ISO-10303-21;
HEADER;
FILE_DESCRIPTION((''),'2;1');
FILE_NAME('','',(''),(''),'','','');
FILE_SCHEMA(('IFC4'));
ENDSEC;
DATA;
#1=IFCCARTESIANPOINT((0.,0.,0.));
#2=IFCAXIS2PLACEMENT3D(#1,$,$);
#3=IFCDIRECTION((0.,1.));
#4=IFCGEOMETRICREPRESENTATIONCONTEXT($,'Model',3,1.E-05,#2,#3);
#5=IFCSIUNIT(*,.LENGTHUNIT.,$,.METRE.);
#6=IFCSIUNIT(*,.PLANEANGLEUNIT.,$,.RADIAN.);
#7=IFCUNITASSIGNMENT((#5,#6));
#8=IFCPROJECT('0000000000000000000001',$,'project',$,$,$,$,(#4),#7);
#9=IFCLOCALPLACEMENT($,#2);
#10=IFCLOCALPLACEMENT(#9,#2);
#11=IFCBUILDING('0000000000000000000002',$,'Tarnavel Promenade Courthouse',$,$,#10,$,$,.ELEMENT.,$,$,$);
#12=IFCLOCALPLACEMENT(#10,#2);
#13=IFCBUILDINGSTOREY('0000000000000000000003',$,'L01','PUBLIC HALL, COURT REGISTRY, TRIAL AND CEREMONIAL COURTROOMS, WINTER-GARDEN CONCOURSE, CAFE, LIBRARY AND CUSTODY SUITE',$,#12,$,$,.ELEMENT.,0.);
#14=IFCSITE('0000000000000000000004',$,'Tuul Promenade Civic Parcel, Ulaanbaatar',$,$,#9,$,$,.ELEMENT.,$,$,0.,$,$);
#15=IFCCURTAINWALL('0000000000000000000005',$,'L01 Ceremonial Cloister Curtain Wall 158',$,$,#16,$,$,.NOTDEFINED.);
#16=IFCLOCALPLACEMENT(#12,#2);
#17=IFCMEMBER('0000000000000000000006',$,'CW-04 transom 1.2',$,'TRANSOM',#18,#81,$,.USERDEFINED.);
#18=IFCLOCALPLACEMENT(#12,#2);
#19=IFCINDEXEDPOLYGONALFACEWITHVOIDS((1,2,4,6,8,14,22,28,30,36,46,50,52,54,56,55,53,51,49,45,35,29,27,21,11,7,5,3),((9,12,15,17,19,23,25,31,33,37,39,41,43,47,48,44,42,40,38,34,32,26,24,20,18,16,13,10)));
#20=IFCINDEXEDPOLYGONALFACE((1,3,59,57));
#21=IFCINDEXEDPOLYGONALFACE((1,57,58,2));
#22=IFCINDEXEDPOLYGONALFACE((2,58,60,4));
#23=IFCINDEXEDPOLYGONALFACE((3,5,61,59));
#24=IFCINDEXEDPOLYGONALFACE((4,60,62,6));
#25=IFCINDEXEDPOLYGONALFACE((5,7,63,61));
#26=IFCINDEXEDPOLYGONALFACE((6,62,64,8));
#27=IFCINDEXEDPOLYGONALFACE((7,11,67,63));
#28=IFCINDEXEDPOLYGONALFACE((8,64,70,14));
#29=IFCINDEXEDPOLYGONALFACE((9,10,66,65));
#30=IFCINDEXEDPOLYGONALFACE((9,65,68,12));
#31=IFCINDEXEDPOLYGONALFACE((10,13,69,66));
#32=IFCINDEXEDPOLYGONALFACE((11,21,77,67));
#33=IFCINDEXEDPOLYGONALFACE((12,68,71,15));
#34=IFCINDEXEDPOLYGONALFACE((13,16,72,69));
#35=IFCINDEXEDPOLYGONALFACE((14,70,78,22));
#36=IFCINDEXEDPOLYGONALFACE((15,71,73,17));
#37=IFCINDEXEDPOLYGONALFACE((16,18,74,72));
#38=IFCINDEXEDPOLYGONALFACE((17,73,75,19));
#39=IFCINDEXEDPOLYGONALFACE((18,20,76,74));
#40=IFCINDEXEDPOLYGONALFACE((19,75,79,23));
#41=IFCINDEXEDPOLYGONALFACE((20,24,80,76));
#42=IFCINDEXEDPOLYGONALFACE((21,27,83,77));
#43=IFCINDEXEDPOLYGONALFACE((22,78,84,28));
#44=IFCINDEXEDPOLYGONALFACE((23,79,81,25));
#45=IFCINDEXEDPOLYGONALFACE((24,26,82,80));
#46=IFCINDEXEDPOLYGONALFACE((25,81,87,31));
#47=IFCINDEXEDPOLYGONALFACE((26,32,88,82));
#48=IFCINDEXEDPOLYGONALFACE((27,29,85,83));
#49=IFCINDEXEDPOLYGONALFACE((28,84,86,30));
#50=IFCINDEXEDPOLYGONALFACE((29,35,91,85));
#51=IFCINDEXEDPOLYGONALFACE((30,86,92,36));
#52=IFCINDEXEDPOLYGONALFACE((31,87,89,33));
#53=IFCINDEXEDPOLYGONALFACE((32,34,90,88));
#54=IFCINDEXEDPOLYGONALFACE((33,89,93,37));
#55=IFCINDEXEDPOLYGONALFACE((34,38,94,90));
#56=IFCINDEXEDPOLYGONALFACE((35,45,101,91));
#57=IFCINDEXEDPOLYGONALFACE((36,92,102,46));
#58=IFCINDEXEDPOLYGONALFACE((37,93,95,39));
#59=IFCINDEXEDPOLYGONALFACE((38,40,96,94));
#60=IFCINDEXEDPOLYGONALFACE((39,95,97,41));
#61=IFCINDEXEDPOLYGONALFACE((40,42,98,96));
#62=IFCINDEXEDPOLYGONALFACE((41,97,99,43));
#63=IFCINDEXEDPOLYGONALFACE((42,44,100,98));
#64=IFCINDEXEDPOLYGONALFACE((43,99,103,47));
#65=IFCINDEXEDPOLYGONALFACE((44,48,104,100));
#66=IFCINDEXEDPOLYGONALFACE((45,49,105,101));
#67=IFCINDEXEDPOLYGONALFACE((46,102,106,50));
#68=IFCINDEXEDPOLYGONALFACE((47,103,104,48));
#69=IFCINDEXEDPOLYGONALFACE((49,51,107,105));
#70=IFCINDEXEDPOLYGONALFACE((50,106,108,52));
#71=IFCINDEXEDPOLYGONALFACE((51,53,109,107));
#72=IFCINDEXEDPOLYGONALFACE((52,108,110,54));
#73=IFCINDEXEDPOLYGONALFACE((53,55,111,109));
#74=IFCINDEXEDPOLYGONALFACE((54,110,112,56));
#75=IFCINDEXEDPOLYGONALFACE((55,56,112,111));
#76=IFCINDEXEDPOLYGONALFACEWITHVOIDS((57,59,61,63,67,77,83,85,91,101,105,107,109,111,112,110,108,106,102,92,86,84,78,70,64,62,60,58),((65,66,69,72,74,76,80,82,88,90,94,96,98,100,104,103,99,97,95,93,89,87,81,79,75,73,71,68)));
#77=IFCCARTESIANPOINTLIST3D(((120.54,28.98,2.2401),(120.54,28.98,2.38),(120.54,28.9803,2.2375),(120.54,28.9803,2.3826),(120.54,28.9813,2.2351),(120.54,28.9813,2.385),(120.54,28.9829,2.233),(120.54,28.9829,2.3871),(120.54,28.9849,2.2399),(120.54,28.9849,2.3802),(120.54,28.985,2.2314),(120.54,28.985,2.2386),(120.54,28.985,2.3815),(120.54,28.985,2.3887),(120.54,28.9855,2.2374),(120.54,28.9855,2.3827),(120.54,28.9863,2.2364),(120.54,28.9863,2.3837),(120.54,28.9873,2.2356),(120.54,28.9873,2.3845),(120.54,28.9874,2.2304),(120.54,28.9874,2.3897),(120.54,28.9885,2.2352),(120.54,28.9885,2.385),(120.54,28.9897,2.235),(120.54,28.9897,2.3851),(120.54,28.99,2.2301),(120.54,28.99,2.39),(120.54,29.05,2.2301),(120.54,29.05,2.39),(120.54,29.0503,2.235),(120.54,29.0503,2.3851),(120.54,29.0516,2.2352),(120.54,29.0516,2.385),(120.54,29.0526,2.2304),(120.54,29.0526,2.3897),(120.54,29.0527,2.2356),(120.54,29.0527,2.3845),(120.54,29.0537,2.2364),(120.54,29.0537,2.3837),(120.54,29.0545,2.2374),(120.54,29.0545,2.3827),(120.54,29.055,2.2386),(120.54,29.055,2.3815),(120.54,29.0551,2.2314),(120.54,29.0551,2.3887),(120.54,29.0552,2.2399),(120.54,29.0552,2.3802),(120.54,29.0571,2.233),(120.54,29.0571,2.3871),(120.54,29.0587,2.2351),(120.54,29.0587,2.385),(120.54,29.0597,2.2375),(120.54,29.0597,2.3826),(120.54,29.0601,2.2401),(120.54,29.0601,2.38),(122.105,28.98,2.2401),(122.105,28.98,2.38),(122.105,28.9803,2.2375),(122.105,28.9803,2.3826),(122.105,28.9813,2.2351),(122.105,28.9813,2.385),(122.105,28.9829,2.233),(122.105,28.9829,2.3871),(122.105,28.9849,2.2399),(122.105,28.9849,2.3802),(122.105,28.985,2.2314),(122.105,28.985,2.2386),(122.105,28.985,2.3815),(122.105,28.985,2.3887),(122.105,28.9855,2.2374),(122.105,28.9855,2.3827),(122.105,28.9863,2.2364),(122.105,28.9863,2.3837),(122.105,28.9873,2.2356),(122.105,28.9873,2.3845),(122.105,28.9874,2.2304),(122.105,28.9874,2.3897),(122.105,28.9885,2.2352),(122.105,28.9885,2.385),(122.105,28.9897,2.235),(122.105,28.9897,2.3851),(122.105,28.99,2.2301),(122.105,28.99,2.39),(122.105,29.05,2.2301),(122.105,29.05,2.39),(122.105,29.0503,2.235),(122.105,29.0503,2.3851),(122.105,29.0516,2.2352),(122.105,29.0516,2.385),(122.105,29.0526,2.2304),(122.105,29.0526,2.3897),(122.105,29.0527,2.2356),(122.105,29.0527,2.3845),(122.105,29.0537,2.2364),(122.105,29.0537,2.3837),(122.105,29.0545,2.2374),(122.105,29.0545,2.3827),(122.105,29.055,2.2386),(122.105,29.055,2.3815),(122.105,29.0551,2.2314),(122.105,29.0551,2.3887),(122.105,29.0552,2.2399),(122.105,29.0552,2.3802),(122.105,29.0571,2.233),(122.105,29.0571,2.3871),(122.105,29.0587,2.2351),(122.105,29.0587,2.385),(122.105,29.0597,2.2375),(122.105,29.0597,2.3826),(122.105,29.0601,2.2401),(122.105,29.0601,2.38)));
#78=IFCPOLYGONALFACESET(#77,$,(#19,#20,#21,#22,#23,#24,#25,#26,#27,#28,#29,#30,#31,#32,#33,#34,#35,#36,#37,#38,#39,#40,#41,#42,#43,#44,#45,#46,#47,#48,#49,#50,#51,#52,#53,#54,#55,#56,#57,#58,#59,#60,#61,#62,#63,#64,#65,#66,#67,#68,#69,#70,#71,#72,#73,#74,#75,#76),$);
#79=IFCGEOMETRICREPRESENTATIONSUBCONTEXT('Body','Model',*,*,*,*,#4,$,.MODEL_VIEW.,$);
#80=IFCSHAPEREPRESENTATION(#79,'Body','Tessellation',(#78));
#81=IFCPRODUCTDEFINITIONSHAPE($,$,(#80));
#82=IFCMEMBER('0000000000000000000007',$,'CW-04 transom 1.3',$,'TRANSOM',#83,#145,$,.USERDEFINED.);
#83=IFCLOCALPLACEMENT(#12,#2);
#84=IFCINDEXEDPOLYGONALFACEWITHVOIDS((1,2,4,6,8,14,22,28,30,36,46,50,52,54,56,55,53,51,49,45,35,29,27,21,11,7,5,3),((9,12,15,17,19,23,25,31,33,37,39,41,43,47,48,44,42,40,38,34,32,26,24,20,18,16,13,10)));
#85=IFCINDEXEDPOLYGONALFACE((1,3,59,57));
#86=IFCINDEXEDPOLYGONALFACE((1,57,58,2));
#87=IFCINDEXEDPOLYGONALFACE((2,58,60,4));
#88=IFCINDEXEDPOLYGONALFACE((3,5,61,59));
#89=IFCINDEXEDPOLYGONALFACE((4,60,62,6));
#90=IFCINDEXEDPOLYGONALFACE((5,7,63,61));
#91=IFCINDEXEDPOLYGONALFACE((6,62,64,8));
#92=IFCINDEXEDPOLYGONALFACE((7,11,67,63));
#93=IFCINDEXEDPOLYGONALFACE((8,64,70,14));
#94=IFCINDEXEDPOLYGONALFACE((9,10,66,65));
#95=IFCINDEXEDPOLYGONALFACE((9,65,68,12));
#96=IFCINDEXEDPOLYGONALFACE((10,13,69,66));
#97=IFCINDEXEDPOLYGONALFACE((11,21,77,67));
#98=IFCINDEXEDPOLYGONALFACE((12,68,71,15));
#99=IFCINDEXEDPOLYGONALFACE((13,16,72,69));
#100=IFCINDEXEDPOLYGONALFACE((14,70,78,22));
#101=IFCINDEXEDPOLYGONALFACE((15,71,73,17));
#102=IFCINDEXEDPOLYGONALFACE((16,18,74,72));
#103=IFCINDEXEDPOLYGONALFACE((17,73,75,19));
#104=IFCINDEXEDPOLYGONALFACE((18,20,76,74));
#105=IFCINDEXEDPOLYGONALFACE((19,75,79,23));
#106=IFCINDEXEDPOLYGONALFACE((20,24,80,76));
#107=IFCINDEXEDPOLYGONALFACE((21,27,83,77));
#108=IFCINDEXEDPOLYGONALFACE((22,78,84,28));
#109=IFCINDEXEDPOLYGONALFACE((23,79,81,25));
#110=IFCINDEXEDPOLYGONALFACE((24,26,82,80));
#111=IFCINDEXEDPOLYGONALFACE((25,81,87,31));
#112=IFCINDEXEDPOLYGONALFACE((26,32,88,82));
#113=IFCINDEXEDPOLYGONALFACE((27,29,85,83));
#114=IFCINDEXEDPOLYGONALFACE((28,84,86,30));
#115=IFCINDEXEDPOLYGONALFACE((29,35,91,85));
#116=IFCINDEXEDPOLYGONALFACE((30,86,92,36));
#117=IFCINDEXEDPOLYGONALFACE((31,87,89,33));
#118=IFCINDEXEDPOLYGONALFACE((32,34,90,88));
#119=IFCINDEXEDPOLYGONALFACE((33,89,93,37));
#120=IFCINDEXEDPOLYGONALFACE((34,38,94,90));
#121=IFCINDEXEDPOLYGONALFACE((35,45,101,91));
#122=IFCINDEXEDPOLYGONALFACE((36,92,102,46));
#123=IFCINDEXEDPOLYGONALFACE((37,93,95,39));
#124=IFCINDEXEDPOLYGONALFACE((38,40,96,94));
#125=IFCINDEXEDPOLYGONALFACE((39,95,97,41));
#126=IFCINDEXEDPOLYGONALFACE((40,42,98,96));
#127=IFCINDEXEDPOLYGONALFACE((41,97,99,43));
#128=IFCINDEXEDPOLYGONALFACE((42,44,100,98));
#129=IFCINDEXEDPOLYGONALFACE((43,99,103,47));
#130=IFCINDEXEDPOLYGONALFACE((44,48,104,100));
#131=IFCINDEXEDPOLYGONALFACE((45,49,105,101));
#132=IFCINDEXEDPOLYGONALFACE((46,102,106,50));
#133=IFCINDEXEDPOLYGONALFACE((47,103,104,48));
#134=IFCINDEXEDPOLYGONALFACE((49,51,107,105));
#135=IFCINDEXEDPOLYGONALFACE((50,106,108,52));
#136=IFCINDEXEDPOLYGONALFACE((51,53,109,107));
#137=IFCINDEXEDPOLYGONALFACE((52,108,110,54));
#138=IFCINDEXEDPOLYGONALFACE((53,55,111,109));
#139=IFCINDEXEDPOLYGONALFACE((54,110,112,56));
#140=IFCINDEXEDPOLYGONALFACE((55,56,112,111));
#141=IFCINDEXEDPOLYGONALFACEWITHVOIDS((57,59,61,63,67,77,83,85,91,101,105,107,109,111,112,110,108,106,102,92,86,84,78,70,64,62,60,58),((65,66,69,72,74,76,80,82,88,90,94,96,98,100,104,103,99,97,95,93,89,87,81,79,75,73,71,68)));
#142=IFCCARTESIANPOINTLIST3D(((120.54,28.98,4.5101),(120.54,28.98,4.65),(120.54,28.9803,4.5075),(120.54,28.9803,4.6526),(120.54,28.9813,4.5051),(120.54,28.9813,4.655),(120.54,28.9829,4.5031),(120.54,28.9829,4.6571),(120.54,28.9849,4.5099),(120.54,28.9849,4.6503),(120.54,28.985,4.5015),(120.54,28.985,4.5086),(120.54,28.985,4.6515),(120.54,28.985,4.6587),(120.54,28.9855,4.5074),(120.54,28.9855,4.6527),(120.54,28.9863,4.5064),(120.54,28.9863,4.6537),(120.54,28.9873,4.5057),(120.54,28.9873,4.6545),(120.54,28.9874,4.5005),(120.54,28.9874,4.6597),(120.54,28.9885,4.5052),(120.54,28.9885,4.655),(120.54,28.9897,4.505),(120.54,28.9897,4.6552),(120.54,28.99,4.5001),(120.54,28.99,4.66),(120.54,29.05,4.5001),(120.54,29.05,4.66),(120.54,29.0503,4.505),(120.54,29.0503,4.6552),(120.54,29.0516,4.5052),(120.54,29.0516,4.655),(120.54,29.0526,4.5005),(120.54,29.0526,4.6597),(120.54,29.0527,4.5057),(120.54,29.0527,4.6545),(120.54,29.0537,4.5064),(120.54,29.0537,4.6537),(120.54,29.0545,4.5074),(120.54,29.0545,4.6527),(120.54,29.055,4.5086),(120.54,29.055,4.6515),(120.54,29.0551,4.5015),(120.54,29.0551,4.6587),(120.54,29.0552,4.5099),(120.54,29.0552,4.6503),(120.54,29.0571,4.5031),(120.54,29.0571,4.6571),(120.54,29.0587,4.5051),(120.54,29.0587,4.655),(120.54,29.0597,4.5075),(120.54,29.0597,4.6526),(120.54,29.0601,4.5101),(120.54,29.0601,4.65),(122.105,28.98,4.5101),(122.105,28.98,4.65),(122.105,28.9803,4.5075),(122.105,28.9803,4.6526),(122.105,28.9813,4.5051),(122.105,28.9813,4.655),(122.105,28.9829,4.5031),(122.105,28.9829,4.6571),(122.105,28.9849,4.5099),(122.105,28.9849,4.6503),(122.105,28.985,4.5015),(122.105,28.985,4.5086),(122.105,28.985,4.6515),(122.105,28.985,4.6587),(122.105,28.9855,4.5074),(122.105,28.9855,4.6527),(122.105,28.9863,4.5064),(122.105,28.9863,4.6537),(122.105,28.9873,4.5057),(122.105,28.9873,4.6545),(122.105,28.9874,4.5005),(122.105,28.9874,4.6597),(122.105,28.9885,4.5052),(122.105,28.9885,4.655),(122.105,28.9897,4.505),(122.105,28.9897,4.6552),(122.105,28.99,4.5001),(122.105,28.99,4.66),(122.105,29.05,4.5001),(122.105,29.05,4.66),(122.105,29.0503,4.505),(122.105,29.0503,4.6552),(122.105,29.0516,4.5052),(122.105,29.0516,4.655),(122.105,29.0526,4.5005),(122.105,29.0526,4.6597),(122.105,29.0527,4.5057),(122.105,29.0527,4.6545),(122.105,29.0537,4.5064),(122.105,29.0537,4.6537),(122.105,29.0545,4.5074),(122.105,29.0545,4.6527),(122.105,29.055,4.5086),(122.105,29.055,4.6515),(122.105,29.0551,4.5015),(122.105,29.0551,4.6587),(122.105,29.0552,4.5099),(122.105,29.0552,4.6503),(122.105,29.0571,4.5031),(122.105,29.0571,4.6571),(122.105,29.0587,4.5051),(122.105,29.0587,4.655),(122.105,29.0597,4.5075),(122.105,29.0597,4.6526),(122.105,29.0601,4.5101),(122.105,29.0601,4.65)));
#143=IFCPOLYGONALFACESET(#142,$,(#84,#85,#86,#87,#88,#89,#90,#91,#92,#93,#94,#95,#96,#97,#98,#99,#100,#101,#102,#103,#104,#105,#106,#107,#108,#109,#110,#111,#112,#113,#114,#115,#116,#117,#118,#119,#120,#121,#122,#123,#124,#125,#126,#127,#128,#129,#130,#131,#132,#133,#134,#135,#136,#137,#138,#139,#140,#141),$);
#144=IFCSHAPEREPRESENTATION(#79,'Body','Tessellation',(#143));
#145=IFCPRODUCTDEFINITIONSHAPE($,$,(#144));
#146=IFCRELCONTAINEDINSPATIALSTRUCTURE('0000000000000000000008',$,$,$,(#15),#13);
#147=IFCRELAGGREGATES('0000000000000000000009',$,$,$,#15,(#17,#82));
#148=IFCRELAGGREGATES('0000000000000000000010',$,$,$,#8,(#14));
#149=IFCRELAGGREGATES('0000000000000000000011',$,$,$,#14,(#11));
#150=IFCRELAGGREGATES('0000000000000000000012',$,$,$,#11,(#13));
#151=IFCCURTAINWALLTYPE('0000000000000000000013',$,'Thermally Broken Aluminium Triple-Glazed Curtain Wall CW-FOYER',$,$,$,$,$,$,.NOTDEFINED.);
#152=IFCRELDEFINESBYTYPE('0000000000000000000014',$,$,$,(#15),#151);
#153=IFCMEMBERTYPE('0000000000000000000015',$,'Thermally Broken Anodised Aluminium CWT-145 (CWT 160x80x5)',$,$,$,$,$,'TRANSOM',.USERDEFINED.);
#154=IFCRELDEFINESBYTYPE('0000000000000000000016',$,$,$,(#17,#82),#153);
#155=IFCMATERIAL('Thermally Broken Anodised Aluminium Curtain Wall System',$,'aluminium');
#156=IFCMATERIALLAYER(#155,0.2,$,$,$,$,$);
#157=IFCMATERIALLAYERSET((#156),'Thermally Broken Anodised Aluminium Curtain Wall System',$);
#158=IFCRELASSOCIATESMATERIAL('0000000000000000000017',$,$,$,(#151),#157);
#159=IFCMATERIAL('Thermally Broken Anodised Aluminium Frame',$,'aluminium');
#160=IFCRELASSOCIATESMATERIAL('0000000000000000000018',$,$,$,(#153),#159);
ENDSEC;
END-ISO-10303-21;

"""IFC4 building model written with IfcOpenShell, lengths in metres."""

from ifc_helpers import new_model, si_unit, direction, frame, origin, origin_2d, place, context, subcontext, project, spatial, hollow_rectangle, extrude, material, layer, layer_set, material_profile, profile_set, type_object, element, aggregate, save


model = new_model("IFC4")

# Units and contexts
model_context = context("Model", 3, precision=1e-05, world=origin(), true_north=direction((0.0, 1.0)))
body_context = subcontext(model_context, "Body", "Model", "MODEL_VIEW")
ifc_project = project(units=[si_unit("LENGTHUNIT", "METRE"), si_unit("PLANEANGLEUNIT", "RADIAN")], contexts=[model_context])

# Site, building, storey
site_placement = place(None, origin())
site = spatial("IfcSite", under=ifc_project, at=site_placement, Name="Tuul Promenade Civic Parcel, Ulaanbaatar", CompositionType="ELEMENT", RefElevation=0.0)
building_placement = place(site_placement, origin())
building = spatial("IfcBuilding", under=site, at=building_placement, Name="Tarnavel Promenade Courthouse", CompositionType="ELEMENT")
storey_placement = place(building_placement, origin())
storey = spatial("IfcBuildingStorey", under=building, at=storey_placement, Name="L01", Description="PUBLIC HALL, COURT REGISTRY, TRIAL AND CEREMONIAL COURTROOMS, WINTER-GARDEN CONCOURSE, CAFE, LIBRARY AND CUSTODY SUITE", CompositionType="ELEMENT", Elevation=0.0)

# Curtain wall, members
ifc_material_1 = material(Name="Thermally Broken Anodised Aluminium Curtain Wall System", Category="aluminium")
ifc_layer_1 = layer(ifc_material_1, 0.2)
ifc_layer_set_1 = layer_set([ifc_layer_1], Name="Thermally Broken Anodised Aluminium Curtain Wall System")
curtain_wall_type = type_object("IfcCurtainWallType", Name="Thermally Broken Aluminium Triple-Glazed Curtain Wall CW-FOYER", PredefinedType="NOTDEFINED", material=ifc_layer_set_1)
curtain_wall_placement = place(storey_placement, origin())
curtain_wall = element("IfcCurtainWall", 1, at=curtain_wall_placement, inside=storey, type_object=curtain_wall_type, Name="L01 Ceremonial Cloister Curtain Wall 158", PredefinedType="NOTDEFINED")
ifc_material_2 = material(Name="Thermally Broken Anodised Aluminium Frame", Category="aluminium")
ifc_material_profile_1 = material_profile(ifc_material_2, hollow_rectangle(XDim=0.0801, YDim=0.1599, WallThickness=0.0049, InnerFilletRadius=0.0049, OuterFilletRadius=0.01, at=origin_2d()), Name="CWT 160x80x5")
ifc_profile_set_1 = profile_set([ifc_material_profile_1], Name="Thermally Broken Anodised Aluminium Frame")
member_type_1 = type_object("IfcMemberType", Name="Thermally Broken Anodised Aluminium CWT-145 (CWT 160x80x5)", ElementType="TRANSOM", PredefinedType="USERDEFINED", material=ifc_profile_set_1)
member_1_placement = place(storey_placement, frame((120.54, 29.02, 2.3101), z_axis=(1.0, 0.0, 0.0), x_axis=(0.0, 1.0, 0.0)))
member_1 = element("IfcMember", 2, at=member_1_placement, type_object=member_type_1, Name="CW-04 transom 1.2", ObjectType="TRANSOM", PredefinedType="USERDEFINED", context=body_context, shape_type="SweptSolid", body=[
    extrude(hollow_rectangle(XDim=0.0801, YDim=0.1599, WallThickness=0.0049, InnerFilletRadius=0.0049, OuterFilletRadius=0.01, at=origin_2d()), origin(), (0.0, 0.0, 1.0), 1.5649),
])
member_2_placement = place(storey_placement, frame((120.54, 29.02, 4.5801), z_axis=(1.0, 0.0, 0.0), x_axis=(0.0, 1.0, 0.0)))
member_2 = element("IfcMember", 3, at=member_2_placement, type_object=member_type_1, Name="CW-04 transom 1.3", ObjectType="TRANSOM", PredefinedType="USERDEFINED", context=body_context, shape_type="SweptSolid", body=[
    extrude(hollow_rectangle(XDim=0.0801, YDim=0.1599, WallThickness=0.0049, InnerFilletRadius=0.0049, OuterFilletRadius=0.01, at=origin_2d()), origin(), (0.0, 0.0, 1.0), 1.5649),
])
aggregate(curtain_wall, [member_1, member_2])

save(model, "model.ifc")
